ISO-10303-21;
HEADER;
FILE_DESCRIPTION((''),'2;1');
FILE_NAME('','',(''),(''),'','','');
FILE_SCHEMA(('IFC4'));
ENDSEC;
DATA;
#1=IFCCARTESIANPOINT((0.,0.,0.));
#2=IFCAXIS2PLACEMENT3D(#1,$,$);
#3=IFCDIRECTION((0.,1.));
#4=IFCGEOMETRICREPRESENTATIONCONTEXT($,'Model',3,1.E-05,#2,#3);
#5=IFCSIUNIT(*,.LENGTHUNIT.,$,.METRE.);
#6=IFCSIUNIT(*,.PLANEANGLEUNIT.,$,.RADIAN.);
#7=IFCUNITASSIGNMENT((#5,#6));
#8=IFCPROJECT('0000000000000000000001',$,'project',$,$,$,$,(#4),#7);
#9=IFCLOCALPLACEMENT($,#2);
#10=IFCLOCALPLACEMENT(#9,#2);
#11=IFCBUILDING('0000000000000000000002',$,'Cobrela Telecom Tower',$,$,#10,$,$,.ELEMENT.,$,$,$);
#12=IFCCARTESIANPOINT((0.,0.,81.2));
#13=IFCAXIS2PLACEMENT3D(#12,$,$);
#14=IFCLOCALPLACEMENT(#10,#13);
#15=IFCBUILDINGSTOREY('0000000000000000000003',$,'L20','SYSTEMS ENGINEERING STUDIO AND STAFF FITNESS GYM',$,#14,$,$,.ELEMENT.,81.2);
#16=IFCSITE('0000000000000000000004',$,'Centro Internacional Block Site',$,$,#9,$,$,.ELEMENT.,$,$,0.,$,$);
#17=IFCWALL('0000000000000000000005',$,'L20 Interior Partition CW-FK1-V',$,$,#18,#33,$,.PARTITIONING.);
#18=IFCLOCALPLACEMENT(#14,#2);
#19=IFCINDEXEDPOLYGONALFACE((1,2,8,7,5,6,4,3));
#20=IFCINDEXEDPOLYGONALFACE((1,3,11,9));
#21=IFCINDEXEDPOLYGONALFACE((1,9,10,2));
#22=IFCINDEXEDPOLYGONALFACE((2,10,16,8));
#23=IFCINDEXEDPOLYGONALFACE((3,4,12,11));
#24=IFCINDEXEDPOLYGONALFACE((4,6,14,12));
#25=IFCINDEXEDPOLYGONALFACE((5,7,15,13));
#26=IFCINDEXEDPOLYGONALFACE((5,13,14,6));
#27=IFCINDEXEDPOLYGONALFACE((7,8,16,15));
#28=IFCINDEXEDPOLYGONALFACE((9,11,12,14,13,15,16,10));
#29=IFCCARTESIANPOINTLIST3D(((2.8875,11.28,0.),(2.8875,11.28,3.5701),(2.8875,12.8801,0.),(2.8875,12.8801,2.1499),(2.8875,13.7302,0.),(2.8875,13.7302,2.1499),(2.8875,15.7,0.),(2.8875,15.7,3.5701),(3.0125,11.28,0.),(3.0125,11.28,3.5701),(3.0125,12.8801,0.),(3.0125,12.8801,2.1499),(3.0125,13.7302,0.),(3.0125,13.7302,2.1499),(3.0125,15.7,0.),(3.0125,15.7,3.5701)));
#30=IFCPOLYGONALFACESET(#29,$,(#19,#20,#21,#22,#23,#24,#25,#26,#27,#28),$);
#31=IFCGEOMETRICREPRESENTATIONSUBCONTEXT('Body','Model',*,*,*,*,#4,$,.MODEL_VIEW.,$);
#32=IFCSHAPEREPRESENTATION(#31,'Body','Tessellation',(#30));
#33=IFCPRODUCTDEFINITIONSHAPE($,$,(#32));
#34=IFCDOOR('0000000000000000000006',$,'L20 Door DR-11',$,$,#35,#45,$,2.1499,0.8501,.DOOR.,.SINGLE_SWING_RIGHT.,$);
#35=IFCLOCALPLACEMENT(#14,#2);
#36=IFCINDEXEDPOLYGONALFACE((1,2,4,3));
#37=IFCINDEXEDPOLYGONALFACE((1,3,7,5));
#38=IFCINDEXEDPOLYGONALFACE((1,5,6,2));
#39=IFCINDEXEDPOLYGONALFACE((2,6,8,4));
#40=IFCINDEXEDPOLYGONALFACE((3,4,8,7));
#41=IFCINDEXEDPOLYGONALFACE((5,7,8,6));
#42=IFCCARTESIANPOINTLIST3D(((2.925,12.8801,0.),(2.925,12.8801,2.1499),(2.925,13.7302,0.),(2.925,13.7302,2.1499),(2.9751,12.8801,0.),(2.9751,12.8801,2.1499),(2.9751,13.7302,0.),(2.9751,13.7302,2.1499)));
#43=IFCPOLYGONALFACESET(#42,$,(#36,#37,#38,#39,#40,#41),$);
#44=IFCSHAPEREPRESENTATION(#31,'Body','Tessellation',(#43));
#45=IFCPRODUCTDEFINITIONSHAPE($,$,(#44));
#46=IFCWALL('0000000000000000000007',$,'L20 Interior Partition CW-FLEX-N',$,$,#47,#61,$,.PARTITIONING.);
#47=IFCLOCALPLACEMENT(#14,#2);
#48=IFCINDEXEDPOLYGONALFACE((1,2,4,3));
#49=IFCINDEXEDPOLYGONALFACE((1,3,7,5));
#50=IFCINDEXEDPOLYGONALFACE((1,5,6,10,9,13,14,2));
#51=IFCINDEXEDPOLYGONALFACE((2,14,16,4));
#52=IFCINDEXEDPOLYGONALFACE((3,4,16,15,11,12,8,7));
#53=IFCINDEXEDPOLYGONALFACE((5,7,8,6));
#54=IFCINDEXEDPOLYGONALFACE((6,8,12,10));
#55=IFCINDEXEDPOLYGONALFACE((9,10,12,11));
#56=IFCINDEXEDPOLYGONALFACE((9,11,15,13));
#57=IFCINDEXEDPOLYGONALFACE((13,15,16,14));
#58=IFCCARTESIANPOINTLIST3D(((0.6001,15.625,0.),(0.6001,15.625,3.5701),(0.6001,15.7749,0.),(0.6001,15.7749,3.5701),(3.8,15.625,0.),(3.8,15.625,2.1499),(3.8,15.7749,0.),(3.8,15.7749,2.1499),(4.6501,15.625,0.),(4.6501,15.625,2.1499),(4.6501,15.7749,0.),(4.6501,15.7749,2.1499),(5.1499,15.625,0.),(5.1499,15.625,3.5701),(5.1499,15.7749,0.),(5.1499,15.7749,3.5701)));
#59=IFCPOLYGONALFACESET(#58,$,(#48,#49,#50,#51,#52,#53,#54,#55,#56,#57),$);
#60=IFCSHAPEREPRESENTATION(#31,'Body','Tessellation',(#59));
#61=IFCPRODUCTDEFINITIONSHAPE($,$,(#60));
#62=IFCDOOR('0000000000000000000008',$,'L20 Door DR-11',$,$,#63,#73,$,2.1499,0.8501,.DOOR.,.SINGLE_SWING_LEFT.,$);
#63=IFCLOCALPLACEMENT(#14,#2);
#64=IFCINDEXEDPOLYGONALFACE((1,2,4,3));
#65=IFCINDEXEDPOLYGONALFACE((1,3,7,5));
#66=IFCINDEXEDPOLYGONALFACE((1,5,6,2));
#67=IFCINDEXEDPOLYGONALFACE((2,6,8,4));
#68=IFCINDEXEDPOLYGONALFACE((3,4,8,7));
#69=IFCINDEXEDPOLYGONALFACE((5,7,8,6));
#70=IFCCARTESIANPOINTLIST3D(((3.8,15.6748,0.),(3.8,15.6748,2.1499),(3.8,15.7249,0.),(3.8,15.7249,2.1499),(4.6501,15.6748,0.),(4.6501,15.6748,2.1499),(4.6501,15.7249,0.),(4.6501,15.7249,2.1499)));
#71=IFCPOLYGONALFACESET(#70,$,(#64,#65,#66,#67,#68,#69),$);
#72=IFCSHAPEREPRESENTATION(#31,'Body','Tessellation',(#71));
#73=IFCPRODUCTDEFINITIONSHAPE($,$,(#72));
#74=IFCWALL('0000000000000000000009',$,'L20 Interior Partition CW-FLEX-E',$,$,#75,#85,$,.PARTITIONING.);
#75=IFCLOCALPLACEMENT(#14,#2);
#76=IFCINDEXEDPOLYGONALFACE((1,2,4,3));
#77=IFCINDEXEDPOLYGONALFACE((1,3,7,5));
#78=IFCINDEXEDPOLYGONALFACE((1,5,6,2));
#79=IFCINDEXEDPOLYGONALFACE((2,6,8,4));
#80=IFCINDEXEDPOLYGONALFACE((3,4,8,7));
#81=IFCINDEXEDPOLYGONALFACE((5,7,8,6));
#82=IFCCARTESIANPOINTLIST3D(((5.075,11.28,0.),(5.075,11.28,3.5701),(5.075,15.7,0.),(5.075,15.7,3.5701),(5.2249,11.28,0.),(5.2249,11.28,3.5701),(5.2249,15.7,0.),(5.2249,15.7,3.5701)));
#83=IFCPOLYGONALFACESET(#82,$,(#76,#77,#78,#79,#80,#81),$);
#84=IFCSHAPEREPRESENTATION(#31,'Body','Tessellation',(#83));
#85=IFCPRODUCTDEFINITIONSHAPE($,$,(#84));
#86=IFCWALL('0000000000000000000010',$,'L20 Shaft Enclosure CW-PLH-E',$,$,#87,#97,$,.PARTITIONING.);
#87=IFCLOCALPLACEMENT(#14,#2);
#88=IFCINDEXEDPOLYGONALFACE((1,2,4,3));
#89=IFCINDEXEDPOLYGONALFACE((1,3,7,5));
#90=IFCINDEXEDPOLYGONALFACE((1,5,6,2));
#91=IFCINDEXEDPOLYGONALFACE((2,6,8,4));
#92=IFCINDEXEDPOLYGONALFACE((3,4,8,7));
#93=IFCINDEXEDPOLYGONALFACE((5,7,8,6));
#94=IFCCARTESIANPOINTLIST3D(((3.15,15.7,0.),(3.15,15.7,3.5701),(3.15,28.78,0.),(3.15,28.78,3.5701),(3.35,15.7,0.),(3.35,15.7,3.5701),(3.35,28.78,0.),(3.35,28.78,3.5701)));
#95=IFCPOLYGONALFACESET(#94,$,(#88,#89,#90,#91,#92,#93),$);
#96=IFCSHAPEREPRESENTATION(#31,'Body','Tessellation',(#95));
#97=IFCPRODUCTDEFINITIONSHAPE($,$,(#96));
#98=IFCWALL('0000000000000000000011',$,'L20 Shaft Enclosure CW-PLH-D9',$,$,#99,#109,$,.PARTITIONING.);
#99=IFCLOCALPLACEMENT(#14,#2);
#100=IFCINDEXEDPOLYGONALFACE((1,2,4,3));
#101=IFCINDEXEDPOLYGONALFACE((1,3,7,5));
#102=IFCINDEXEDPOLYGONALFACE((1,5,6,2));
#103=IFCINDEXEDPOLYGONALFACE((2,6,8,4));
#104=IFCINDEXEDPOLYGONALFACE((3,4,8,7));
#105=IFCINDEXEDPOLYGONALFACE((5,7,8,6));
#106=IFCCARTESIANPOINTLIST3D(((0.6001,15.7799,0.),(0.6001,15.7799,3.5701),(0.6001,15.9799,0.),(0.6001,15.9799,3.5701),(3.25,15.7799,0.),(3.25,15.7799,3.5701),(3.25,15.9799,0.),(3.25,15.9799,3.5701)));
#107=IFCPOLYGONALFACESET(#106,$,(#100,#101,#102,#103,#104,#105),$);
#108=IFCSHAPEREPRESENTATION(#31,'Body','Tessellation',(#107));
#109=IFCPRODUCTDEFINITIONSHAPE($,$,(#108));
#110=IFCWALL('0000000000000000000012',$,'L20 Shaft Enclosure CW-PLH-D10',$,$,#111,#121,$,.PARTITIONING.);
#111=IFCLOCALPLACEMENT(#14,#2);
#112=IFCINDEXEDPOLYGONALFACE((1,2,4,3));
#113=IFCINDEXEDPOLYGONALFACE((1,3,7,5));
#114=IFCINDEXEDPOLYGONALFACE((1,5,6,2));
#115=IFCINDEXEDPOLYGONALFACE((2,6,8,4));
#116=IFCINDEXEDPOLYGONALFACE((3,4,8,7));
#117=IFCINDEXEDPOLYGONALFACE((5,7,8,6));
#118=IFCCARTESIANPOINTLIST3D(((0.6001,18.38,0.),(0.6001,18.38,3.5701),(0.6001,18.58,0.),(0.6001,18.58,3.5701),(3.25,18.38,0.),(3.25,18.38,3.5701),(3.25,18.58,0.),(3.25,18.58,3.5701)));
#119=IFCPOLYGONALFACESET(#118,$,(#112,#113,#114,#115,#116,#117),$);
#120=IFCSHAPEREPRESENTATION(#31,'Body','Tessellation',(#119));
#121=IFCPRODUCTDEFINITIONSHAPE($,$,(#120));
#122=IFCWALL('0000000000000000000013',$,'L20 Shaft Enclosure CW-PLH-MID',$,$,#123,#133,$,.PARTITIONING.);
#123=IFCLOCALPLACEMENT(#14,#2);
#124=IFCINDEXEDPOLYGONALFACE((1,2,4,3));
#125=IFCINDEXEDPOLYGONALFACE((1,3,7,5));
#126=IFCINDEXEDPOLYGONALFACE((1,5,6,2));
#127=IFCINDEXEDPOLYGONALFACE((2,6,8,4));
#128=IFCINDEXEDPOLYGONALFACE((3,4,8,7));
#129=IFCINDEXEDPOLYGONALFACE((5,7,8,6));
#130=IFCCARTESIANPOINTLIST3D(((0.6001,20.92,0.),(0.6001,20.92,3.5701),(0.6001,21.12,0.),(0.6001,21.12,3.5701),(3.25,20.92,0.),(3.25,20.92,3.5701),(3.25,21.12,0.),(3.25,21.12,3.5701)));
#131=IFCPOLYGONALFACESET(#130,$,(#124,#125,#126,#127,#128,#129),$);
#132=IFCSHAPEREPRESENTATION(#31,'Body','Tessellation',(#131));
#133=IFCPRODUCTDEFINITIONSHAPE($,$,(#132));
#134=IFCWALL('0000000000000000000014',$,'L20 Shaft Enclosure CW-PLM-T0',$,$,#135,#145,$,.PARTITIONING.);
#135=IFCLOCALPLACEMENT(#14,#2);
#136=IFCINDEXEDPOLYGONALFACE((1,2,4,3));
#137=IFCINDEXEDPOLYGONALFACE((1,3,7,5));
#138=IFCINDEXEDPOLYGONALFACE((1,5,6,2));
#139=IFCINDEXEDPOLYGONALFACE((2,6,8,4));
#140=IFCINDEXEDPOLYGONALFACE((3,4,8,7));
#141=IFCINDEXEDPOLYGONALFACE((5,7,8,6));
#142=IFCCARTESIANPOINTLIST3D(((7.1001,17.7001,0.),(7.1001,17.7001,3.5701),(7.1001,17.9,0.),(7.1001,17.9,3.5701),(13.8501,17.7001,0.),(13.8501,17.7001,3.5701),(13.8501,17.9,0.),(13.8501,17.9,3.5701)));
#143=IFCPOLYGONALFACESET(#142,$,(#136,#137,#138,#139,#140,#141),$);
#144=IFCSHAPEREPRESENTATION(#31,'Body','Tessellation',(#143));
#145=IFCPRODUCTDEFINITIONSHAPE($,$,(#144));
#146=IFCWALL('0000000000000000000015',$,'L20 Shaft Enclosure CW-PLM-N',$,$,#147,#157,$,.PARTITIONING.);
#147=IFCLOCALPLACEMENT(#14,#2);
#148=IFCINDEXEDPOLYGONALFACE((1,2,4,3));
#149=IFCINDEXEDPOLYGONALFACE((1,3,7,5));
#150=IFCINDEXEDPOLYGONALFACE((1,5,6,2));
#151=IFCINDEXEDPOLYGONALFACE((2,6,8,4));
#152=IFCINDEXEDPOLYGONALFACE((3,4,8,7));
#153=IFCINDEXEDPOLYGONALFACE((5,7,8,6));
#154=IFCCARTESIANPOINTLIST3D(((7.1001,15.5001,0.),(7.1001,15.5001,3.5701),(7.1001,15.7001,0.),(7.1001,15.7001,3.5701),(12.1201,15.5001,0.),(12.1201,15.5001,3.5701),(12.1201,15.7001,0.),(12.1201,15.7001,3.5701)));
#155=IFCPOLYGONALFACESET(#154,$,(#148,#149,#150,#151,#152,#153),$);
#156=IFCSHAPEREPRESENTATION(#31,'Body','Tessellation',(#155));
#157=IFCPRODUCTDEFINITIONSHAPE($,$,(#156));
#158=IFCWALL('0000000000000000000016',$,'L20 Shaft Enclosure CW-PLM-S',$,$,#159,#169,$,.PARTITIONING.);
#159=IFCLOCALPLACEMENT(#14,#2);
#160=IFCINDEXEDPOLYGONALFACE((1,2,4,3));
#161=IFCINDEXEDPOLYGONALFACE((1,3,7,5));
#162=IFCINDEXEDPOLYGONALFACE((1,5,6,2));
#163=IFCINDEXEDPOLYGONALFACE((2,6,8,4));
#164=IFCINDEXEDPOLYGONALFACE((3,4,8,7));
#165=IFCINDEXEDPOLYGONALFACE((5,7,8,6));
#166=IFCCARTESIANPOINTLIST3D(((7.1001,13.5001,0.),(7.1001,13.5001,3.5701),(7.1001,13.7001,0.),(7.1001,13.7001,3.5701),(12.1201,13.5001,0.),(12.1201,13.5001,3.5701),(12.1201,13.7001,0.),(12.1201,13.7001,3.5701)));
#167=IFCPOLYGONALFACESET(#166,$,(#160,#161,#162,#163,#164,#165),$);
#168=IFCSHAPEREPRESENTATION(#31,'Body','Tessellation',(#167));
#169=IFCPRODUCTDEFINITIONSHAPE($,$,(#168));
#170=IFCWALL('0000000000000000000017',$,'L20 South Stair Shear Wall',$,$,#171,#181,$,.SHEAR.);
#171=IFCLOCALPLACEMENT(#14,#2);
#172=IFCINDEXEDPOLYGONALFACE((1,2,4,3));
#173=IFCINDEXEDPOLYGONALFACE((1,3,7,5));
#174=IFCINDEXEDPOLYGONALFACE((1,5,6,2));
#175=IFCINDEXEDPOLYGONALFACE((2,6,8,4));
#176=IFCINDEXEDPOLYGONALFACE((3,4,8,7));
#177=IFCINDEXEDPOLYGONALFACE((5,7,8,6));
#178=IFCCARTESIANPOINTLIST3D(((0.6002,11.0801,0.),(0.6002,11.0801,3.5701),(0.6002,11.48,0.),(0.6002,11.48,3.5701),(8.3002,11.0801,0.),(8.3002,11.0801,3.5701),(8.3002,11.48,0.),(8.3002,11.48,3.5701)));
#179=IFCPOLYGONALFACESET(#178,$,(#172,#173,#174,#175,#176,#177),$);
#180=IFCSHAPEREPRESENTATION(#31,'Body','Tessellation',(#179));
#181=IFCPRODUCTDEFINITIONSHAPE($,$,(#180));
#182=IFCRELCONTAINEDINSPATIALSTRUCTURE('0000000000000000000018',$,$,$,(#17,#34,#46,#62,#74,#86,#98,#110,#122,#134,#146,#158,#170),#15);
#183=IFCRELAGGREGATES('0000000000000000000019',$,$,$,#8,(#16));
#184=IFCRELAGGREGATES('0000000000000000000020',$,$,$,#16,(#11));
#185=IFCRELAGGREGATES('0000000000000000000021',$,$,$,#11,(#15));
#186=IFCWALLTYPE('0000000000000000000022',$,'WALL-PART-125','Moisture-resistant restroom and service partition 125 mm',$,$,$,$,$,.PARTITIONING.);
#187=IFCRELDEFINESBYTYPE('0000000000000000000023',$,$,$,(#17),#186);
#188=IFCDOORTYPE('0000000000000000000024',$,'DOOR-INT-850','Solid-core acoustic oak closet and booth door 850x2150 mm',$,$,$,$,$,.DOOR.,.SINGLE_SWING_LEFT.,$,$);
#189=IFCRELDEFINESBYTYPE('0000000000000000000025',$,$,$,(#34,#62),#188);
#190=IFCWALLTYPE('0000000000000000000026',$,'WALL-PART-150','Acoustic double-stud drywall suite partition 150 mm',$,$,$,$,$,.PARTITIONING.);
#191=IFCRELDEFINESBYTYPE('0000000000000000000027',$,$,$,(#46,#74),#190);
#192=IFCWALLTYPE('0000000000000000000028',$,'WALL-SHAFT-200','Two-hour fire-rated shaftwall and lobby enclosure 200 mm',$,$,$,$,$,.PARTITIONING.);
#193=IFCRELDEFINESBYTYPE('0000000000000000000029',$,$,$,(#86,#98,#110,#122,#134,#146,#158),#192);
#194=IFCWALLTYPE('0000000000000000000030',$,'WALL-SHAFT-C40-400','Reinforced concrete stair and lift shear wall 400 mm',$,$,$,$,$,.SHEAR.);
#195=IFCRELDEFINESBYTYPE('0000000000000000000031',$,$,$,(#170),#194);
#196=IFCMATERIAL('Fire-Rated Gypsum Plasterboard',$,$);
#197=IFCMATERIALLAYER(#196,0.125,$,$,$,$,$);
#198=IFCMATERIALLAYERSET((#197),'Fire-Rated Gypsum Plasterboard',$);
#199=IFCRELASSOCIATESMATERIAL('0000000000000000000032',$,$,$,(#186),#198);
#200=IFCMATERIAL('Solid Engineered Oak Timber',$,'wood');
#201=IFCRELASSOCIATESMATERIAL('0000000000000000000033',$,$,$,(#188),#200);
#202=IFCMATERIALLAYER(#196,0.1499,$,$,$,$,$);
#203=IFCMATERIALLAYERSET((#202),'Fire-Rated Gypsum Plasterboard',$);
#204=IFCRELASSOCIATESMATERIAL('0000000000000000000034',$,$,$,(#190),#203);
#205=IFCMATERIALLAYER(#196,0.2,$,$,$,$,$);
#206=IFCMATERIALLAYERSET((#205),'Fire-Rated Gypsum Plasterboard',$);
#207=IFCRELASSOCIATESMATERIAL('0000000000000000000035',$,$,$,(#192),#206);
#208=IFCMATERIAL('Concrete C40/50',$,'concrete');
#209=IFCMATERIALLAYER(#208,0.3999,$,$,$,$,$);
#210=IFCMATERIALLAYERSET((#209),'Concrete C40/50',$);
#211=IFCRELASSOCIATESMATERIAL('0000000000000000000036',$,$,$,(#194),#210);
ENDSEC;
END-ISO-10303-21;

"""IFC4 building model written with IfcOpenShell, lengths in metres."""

from ifc_helpers import new_model, si_unit, direction, frame, frame_2d, origin, place, context, subcontext, project, spatial, rectangle, extrude, material, layer, layer_set, type_object, element, fill, save


model = new_model("IFC4")

# Units and contexts
model_context = context("Model", 3, precision=1e-05, world=origin(), true_north=direction((0.0, 1.0)))
body_context = subcontext(model_context, "Body", "Model", "MODEL_VIEW")
ifc_project = project(units=[si_unit("LENGTHUNIT", "METRE"), si_unit("PLANEANGLEUNIT", "RADIAN")], contexts=[model_context])

# Site, building, storey
site_placement = place(None, origin())
site = spatial("IfcSite", under=ifc_project, at=site_placement, Name="Centro Internacional Block Site", CompositionType="ELEMENT", RefElevation=0.0)
building_placement = place(site_placement, origin())
building = spatial("IfcBuilding", under=site, at=building_placement, Name="Cobrela Telecom Tower", CompositionType="ELEMENT")
storey_placement = place(building_placement, frame((0.0, 0.0, 81.2)))
storey = spatial("IfcBuildingStorey", under=building, at=storey_placement, Name="L20", Description="SYSTEMS ENGINEERING STUDIO AND STAFF FITNESS GYM", CompositionType="ELEMENT", Elevation=81.2)

# Walls, openings, doors
ifc_material_1 = material(Name="Fire-Rated Gypsum Plasterboard")
ifc_layer_1 = layer(ifc_material_1, 0.125)
ifc_layer_set_1 = layer_set([ifc_layer_1], Name="Fire-Rated Gypsum Plasterboard")
wall_type_1 = type_object("IfcWallType", Name="WALL-PART-125", Description="Moisture-resistant restroom and service partition 125 mm", PredefinedType="PARTITIONING", material=ifc_layer_set_1)
wall_1_placement = place(storey_placement, frame((2.95, 11.28, 0.0), z_axis=(0.0, 0.0, 1.0), x_axis=(0.0, 1.0, 0.0)))
wall_1 = element("IfcWall", 1, at=wall_1_placement, inside=storey, type_object=wall_type_1, Name="L20 Interior Partition CW-FK1-V", PredefinedType="PARTITIONING", context=body_context, shape_type="SweptSolid", body=[
    extrude(rectangle(XDim=4.4199, YDim=0.125, at=frame_2d((2.21, 0.0))), origin(), (0.0, 0.0, 1.0), 3.5701),
])
opening_1_placement = place(wall_1_placement, frame((1.6001, 0.0, 0.0)))
opening_1 = element("IfcOpeningElement", 2, at=opening_1_placement, cuts=wall_1, PredefinedType="OPENING", context=body_context, shape_type="SweptSolid", body=[
    extrude(rectangle(XDim=0.8501, YDim=2.1499, at=frame_2d((0.425, 1.075))), frame((0.0, 0.0745, 0.0), z_axis=(0.0, -1.0, 0.0), x_axis=(1.0, 0.0, 0.0)), (0.0, 0.0, 1.0), 0.1489),
])
ifc_material_2 = material(Name="Solid Engineered Oak Timber", Category="wood")
door_type = type_object("IfcDoorType", Name="DOOR-INT-850", Description="Solid-core acoustic oak closet and booth door 850x2150 mm", OperationType="SINGLE_SWING_LEFT", PredefinedType="DOOR", material=ifc_material_2)
door_1_placement = place(opening_1_placement, origin())
door_1 = element("IfcDoor", 3, at=door_1_placement, inside=storey, type_object=door_type, Name="L20 Door DR-11", OperationType="SINGLE_SWING_RIGHT", OverallHeight=2.1499, OverallWidth=0.8501, PredefinedType="DOOR", context=body_context, shape_type="SweptSolid", body=[
    extrude(rectangle(XDim=0.8501, YDim=2.1499, at=frame_2d((0.425, 1.075))), frame((0.0, 0.0249, 0.0), z_axis=(0.0, -1.0, 0.0), x_axis=(1.0, 0.0, 0.0)), (0.0, 0.0, 1.0), 0.05),
])
fill(opening_1, door_1)
ifc_layer_2 = layer(ifc_material_1, 0.1499)
ifc_layer_set_2 = layer_set([ifc_layer_2], Name="Fire-Rated Gypsum Plasterboard")
wall_type_2 = type_object("IfcWallType", Name="WALL-PART-150", Description="Acoustic double-stud drywall suite partition 150 mm", PredefinedType="PARTITIONING", material=ifc_layer_set_2)
wall_2_placement = place(storey_placement, frame((0.6001, 15.7, 0.0), z_axis=(0.0, 0.0, 1.0), x_axis=(1.0, 0.0, 0.0)))
wall_2 = element("IfcWall", 4, at=wall_2_placement, inside=storey, type_object=wall_type_2, Name="L20 Interior Partition CW-FLEX-N", PredefinedType="PARTITIONING", context=body_context, shape_type="SweptSolid", body=[
    extrude(rectangle(XDim=4.5498, YDim=0.1499, at=frame_2d((2.2749, 0.0))), origin(), (0.0, 0.0, 1.0), 3.5701),
])
opening_2_placement = place(wall_2_placement, frame((3.2, 0.0, 0.0)))
opening_2 = element("IfcOpeningElement", 5, at=opening_2_placement, cuts=wall_2, PredefinedType="OPENING", context=body_context, shape_type="SweptSolid", body=[
    extrude(rectangle(XDim=0.8501, YDim=2.1499, at=frame_2d((0.425, 1.075))), frame((0.0, 0.0869, 0.0), z_axis=(0.0, -1.0, 0.0), x_axis=(1.0, 0.0, 0.0)), (0.0, 0.0, 1.0), 0.1738),
])
door_2_placement = place(opening_2_placement, origin())
door_2 = element("IfcDoor", 6, at=door_2_placement, inside=storey, type_object=door_type, Name="L20 Door DR-11", OperationType="SINGLE_SWING_LEFT", OverallHeight=2.1499, OverallWidth=0.8501, PredefinedType="DOOR", context=body_context, shape_type="SweptSolid", body=[
    extrude(rectangle(XDim=0.8501, YDim=2.1499, at=frame_2d((0.425, 1.075))), frame((0.0, 0.0249, 0.0), z_axis=(0.0, -1.0, 0.0), x_axis=(1.0, 0.0, 0.0)), (0.0, 0.0, 1.0), 0.05),
])
fill(opening_2, door_2)

# Walls
wall_3_placement = place(storey_placement, frame((5.1499, 11.28, 0.0), z_axis=(0.0, 0.0, 1.0), x_axis=(0.0, 1.0, 0.0)))
element("IfcWall", 7, at=wall_3_placement, inside=storey, type_object=wall_type_2, Name="L20 Interior Partition CW-FLEX-E", PredefinedType="PARTITIONING", context=body_context, shape_type="SweptSolid", body=[
    extrude(rectangle(XDim=4.4199, YDim=0.1499, at=frame_2d((2.21, 0.0))), origin(), (0.0, 0.0, 1.0), 3.5701),
])
ifc_layer_3 = layer(ifc_material_1, 0.2)
ifc_layer_set_3 = layer_set([ifc_layer_3], Name="Fire-Rated Gypsum Plasterboard")
wall_type_3 = type_object("IfcWallType", Name="WALL-SHAFT-200", Description="Two-hour fire-rated shaftwall and lobby enclosure 200 mm", PredefinedType="PARTITIONING", material=ifc_layer_set_3)
wall_4_placement = place(storey_placement, frame((3.25, 15.7, 0.0), z_axis=(0.0, 0.0, 1.0), x_axis=(0.0, 1.0, 0.0)))
element("IfcWall", 8, at=wall_4_placement, inside=storey, type_object=wall_type_3, Name="L20 Shaft Enclosure CW-PLH-E", PredefinedType="PARTITIONING", context=body_context, shape_type="SweptSolid", body=[
    extrude(rectangle(XDim=13.0801, YDim=0.2, at=frame_2d((6.54, 0.0))), origin(), (0.0, 0.0, 1.0), 3.5701),
])
for number, where, z_axis, x_axis, name in (
    (9, (0.6001, 15.8799, 0.0), (0.0, 0.0, 1.0), (1.0, 0.0, 0.0), "L20 Shaft Enclosure CW-PLH-D9"),
    (10, (0.6001, 18.48, 0.0), (0.0, 0.0, 1.0), (1.0, 0.0, 0.0), "L20 Shaft Enclosure CW-PLH-D10"),
    (11, (0.6001, 21.02, 0.0), (0.0, 0.0, 1.0), (1.0, 0.0, 0.0), "L20 Shaft Enclosure CW-PLH-MID"),
):
    element("IfcWall", number, at=place(storey_placement, frame(where, z_axis=z_axis, x_axis=x_axis)), inside=storey, type_object=wall_type_3, Name=name, PredefinedType="PARTITIONING", context=body_context, shape_type="SweptSolid", body=[
        extrude(rectangle(XDim=2.6499, YDim=0.2, at=frame_2d((1.325, 0.0))), origin(), (0.0, 0.0, 1.0), 3.5701),
    ])
wall_5_placement = place(storey_placement, frame((7.1001, 17.8, 0.0), z_axis=(0.0, 0.0, 1.0), x_axis=(1.0, 0.0, 0.0)))
element("IfcWall", 12, at=wall_5_placement, inside=storey, type_object=wall_type_3, Name="L20 Shaft Enclosure CW-PLM-T0", PredefinedType="PARTITIONING", context=body_context, shape_type="SweptSolid", body=[
    extrude(rectangle(XDim=6.75, YDim=0.2, at=frame_2d((3.375, 0.0))), origin(), (0.0, 0.0, 1.0), 3.5701),
])
for number, where, z_axis, x_axis, name in (
    (13, (7.1001, 15.6001, 0.0), (0.0, 0.0, 1.0), (1.0, 0.0, 0.0), "L20 Shaft Enclosure CW-PLM-N"),
    (14, (7.1001, 13.6001, 0.0), (0.0, 0.0, 1.0), (1.0, 0.0, 0.0), "L20 Shaft Enclosure CW-PLM-S"),
):
    element("IfcWall", number, at=place(storey_placement, frame(where, z_axis=z_axis, x_axis=x_axis)), inside=storey, type_object=wall_type_3, Name=name, PredefinedType="PARTITIONING", context=body_context, shape_type="SweptSolid", body=[
        extrude(rectangle(XDim=5.02, YDim=0.2, at=frame_2d((2.51, 0.0))), origin(), (0.0, 0.0, 1.0), 3.5701),
    ])
ifc_material_3 = material(Name="Concrete C40/50", Category="concrete")
ifc_layer_4 = layer(ifc_material_3, 0.3999)
ifc_layer_set_4 = layer_set([ifc_layer_4], Name="Concrete C40/50")
wall_type_4 = type_object("IfcWallType", Name="WALL-SHAFT-C40-400", Description="Reinforced concrete stair and lift shear wall 400 mm", PredefinedType="SHEAR", material=ifc_layer_set_4)
wall_6_placement = place(storey_placement, frame((0.6001, 11.28, 0.0), z_axis=(0.0, 0.0, 1.0), x_axis=(1.0, 0.0, 0.0)))
element("IfcWall", 15, at=wall_6_placement, inside=storey, type_object=wall_type_4, Name="L20 South Stair Shear Wall", PredefinedType="SHEAR", context=body_context, shape_type="SweptSolid", body=[
    extrude(rectangle(XDim=7.7, YDim=0.3999, at=frame_2d((3.8501, 0.0))), origin(), (0.0, 0.0, 1.0), 3.5701),
])

save(model, "model.ifc")
